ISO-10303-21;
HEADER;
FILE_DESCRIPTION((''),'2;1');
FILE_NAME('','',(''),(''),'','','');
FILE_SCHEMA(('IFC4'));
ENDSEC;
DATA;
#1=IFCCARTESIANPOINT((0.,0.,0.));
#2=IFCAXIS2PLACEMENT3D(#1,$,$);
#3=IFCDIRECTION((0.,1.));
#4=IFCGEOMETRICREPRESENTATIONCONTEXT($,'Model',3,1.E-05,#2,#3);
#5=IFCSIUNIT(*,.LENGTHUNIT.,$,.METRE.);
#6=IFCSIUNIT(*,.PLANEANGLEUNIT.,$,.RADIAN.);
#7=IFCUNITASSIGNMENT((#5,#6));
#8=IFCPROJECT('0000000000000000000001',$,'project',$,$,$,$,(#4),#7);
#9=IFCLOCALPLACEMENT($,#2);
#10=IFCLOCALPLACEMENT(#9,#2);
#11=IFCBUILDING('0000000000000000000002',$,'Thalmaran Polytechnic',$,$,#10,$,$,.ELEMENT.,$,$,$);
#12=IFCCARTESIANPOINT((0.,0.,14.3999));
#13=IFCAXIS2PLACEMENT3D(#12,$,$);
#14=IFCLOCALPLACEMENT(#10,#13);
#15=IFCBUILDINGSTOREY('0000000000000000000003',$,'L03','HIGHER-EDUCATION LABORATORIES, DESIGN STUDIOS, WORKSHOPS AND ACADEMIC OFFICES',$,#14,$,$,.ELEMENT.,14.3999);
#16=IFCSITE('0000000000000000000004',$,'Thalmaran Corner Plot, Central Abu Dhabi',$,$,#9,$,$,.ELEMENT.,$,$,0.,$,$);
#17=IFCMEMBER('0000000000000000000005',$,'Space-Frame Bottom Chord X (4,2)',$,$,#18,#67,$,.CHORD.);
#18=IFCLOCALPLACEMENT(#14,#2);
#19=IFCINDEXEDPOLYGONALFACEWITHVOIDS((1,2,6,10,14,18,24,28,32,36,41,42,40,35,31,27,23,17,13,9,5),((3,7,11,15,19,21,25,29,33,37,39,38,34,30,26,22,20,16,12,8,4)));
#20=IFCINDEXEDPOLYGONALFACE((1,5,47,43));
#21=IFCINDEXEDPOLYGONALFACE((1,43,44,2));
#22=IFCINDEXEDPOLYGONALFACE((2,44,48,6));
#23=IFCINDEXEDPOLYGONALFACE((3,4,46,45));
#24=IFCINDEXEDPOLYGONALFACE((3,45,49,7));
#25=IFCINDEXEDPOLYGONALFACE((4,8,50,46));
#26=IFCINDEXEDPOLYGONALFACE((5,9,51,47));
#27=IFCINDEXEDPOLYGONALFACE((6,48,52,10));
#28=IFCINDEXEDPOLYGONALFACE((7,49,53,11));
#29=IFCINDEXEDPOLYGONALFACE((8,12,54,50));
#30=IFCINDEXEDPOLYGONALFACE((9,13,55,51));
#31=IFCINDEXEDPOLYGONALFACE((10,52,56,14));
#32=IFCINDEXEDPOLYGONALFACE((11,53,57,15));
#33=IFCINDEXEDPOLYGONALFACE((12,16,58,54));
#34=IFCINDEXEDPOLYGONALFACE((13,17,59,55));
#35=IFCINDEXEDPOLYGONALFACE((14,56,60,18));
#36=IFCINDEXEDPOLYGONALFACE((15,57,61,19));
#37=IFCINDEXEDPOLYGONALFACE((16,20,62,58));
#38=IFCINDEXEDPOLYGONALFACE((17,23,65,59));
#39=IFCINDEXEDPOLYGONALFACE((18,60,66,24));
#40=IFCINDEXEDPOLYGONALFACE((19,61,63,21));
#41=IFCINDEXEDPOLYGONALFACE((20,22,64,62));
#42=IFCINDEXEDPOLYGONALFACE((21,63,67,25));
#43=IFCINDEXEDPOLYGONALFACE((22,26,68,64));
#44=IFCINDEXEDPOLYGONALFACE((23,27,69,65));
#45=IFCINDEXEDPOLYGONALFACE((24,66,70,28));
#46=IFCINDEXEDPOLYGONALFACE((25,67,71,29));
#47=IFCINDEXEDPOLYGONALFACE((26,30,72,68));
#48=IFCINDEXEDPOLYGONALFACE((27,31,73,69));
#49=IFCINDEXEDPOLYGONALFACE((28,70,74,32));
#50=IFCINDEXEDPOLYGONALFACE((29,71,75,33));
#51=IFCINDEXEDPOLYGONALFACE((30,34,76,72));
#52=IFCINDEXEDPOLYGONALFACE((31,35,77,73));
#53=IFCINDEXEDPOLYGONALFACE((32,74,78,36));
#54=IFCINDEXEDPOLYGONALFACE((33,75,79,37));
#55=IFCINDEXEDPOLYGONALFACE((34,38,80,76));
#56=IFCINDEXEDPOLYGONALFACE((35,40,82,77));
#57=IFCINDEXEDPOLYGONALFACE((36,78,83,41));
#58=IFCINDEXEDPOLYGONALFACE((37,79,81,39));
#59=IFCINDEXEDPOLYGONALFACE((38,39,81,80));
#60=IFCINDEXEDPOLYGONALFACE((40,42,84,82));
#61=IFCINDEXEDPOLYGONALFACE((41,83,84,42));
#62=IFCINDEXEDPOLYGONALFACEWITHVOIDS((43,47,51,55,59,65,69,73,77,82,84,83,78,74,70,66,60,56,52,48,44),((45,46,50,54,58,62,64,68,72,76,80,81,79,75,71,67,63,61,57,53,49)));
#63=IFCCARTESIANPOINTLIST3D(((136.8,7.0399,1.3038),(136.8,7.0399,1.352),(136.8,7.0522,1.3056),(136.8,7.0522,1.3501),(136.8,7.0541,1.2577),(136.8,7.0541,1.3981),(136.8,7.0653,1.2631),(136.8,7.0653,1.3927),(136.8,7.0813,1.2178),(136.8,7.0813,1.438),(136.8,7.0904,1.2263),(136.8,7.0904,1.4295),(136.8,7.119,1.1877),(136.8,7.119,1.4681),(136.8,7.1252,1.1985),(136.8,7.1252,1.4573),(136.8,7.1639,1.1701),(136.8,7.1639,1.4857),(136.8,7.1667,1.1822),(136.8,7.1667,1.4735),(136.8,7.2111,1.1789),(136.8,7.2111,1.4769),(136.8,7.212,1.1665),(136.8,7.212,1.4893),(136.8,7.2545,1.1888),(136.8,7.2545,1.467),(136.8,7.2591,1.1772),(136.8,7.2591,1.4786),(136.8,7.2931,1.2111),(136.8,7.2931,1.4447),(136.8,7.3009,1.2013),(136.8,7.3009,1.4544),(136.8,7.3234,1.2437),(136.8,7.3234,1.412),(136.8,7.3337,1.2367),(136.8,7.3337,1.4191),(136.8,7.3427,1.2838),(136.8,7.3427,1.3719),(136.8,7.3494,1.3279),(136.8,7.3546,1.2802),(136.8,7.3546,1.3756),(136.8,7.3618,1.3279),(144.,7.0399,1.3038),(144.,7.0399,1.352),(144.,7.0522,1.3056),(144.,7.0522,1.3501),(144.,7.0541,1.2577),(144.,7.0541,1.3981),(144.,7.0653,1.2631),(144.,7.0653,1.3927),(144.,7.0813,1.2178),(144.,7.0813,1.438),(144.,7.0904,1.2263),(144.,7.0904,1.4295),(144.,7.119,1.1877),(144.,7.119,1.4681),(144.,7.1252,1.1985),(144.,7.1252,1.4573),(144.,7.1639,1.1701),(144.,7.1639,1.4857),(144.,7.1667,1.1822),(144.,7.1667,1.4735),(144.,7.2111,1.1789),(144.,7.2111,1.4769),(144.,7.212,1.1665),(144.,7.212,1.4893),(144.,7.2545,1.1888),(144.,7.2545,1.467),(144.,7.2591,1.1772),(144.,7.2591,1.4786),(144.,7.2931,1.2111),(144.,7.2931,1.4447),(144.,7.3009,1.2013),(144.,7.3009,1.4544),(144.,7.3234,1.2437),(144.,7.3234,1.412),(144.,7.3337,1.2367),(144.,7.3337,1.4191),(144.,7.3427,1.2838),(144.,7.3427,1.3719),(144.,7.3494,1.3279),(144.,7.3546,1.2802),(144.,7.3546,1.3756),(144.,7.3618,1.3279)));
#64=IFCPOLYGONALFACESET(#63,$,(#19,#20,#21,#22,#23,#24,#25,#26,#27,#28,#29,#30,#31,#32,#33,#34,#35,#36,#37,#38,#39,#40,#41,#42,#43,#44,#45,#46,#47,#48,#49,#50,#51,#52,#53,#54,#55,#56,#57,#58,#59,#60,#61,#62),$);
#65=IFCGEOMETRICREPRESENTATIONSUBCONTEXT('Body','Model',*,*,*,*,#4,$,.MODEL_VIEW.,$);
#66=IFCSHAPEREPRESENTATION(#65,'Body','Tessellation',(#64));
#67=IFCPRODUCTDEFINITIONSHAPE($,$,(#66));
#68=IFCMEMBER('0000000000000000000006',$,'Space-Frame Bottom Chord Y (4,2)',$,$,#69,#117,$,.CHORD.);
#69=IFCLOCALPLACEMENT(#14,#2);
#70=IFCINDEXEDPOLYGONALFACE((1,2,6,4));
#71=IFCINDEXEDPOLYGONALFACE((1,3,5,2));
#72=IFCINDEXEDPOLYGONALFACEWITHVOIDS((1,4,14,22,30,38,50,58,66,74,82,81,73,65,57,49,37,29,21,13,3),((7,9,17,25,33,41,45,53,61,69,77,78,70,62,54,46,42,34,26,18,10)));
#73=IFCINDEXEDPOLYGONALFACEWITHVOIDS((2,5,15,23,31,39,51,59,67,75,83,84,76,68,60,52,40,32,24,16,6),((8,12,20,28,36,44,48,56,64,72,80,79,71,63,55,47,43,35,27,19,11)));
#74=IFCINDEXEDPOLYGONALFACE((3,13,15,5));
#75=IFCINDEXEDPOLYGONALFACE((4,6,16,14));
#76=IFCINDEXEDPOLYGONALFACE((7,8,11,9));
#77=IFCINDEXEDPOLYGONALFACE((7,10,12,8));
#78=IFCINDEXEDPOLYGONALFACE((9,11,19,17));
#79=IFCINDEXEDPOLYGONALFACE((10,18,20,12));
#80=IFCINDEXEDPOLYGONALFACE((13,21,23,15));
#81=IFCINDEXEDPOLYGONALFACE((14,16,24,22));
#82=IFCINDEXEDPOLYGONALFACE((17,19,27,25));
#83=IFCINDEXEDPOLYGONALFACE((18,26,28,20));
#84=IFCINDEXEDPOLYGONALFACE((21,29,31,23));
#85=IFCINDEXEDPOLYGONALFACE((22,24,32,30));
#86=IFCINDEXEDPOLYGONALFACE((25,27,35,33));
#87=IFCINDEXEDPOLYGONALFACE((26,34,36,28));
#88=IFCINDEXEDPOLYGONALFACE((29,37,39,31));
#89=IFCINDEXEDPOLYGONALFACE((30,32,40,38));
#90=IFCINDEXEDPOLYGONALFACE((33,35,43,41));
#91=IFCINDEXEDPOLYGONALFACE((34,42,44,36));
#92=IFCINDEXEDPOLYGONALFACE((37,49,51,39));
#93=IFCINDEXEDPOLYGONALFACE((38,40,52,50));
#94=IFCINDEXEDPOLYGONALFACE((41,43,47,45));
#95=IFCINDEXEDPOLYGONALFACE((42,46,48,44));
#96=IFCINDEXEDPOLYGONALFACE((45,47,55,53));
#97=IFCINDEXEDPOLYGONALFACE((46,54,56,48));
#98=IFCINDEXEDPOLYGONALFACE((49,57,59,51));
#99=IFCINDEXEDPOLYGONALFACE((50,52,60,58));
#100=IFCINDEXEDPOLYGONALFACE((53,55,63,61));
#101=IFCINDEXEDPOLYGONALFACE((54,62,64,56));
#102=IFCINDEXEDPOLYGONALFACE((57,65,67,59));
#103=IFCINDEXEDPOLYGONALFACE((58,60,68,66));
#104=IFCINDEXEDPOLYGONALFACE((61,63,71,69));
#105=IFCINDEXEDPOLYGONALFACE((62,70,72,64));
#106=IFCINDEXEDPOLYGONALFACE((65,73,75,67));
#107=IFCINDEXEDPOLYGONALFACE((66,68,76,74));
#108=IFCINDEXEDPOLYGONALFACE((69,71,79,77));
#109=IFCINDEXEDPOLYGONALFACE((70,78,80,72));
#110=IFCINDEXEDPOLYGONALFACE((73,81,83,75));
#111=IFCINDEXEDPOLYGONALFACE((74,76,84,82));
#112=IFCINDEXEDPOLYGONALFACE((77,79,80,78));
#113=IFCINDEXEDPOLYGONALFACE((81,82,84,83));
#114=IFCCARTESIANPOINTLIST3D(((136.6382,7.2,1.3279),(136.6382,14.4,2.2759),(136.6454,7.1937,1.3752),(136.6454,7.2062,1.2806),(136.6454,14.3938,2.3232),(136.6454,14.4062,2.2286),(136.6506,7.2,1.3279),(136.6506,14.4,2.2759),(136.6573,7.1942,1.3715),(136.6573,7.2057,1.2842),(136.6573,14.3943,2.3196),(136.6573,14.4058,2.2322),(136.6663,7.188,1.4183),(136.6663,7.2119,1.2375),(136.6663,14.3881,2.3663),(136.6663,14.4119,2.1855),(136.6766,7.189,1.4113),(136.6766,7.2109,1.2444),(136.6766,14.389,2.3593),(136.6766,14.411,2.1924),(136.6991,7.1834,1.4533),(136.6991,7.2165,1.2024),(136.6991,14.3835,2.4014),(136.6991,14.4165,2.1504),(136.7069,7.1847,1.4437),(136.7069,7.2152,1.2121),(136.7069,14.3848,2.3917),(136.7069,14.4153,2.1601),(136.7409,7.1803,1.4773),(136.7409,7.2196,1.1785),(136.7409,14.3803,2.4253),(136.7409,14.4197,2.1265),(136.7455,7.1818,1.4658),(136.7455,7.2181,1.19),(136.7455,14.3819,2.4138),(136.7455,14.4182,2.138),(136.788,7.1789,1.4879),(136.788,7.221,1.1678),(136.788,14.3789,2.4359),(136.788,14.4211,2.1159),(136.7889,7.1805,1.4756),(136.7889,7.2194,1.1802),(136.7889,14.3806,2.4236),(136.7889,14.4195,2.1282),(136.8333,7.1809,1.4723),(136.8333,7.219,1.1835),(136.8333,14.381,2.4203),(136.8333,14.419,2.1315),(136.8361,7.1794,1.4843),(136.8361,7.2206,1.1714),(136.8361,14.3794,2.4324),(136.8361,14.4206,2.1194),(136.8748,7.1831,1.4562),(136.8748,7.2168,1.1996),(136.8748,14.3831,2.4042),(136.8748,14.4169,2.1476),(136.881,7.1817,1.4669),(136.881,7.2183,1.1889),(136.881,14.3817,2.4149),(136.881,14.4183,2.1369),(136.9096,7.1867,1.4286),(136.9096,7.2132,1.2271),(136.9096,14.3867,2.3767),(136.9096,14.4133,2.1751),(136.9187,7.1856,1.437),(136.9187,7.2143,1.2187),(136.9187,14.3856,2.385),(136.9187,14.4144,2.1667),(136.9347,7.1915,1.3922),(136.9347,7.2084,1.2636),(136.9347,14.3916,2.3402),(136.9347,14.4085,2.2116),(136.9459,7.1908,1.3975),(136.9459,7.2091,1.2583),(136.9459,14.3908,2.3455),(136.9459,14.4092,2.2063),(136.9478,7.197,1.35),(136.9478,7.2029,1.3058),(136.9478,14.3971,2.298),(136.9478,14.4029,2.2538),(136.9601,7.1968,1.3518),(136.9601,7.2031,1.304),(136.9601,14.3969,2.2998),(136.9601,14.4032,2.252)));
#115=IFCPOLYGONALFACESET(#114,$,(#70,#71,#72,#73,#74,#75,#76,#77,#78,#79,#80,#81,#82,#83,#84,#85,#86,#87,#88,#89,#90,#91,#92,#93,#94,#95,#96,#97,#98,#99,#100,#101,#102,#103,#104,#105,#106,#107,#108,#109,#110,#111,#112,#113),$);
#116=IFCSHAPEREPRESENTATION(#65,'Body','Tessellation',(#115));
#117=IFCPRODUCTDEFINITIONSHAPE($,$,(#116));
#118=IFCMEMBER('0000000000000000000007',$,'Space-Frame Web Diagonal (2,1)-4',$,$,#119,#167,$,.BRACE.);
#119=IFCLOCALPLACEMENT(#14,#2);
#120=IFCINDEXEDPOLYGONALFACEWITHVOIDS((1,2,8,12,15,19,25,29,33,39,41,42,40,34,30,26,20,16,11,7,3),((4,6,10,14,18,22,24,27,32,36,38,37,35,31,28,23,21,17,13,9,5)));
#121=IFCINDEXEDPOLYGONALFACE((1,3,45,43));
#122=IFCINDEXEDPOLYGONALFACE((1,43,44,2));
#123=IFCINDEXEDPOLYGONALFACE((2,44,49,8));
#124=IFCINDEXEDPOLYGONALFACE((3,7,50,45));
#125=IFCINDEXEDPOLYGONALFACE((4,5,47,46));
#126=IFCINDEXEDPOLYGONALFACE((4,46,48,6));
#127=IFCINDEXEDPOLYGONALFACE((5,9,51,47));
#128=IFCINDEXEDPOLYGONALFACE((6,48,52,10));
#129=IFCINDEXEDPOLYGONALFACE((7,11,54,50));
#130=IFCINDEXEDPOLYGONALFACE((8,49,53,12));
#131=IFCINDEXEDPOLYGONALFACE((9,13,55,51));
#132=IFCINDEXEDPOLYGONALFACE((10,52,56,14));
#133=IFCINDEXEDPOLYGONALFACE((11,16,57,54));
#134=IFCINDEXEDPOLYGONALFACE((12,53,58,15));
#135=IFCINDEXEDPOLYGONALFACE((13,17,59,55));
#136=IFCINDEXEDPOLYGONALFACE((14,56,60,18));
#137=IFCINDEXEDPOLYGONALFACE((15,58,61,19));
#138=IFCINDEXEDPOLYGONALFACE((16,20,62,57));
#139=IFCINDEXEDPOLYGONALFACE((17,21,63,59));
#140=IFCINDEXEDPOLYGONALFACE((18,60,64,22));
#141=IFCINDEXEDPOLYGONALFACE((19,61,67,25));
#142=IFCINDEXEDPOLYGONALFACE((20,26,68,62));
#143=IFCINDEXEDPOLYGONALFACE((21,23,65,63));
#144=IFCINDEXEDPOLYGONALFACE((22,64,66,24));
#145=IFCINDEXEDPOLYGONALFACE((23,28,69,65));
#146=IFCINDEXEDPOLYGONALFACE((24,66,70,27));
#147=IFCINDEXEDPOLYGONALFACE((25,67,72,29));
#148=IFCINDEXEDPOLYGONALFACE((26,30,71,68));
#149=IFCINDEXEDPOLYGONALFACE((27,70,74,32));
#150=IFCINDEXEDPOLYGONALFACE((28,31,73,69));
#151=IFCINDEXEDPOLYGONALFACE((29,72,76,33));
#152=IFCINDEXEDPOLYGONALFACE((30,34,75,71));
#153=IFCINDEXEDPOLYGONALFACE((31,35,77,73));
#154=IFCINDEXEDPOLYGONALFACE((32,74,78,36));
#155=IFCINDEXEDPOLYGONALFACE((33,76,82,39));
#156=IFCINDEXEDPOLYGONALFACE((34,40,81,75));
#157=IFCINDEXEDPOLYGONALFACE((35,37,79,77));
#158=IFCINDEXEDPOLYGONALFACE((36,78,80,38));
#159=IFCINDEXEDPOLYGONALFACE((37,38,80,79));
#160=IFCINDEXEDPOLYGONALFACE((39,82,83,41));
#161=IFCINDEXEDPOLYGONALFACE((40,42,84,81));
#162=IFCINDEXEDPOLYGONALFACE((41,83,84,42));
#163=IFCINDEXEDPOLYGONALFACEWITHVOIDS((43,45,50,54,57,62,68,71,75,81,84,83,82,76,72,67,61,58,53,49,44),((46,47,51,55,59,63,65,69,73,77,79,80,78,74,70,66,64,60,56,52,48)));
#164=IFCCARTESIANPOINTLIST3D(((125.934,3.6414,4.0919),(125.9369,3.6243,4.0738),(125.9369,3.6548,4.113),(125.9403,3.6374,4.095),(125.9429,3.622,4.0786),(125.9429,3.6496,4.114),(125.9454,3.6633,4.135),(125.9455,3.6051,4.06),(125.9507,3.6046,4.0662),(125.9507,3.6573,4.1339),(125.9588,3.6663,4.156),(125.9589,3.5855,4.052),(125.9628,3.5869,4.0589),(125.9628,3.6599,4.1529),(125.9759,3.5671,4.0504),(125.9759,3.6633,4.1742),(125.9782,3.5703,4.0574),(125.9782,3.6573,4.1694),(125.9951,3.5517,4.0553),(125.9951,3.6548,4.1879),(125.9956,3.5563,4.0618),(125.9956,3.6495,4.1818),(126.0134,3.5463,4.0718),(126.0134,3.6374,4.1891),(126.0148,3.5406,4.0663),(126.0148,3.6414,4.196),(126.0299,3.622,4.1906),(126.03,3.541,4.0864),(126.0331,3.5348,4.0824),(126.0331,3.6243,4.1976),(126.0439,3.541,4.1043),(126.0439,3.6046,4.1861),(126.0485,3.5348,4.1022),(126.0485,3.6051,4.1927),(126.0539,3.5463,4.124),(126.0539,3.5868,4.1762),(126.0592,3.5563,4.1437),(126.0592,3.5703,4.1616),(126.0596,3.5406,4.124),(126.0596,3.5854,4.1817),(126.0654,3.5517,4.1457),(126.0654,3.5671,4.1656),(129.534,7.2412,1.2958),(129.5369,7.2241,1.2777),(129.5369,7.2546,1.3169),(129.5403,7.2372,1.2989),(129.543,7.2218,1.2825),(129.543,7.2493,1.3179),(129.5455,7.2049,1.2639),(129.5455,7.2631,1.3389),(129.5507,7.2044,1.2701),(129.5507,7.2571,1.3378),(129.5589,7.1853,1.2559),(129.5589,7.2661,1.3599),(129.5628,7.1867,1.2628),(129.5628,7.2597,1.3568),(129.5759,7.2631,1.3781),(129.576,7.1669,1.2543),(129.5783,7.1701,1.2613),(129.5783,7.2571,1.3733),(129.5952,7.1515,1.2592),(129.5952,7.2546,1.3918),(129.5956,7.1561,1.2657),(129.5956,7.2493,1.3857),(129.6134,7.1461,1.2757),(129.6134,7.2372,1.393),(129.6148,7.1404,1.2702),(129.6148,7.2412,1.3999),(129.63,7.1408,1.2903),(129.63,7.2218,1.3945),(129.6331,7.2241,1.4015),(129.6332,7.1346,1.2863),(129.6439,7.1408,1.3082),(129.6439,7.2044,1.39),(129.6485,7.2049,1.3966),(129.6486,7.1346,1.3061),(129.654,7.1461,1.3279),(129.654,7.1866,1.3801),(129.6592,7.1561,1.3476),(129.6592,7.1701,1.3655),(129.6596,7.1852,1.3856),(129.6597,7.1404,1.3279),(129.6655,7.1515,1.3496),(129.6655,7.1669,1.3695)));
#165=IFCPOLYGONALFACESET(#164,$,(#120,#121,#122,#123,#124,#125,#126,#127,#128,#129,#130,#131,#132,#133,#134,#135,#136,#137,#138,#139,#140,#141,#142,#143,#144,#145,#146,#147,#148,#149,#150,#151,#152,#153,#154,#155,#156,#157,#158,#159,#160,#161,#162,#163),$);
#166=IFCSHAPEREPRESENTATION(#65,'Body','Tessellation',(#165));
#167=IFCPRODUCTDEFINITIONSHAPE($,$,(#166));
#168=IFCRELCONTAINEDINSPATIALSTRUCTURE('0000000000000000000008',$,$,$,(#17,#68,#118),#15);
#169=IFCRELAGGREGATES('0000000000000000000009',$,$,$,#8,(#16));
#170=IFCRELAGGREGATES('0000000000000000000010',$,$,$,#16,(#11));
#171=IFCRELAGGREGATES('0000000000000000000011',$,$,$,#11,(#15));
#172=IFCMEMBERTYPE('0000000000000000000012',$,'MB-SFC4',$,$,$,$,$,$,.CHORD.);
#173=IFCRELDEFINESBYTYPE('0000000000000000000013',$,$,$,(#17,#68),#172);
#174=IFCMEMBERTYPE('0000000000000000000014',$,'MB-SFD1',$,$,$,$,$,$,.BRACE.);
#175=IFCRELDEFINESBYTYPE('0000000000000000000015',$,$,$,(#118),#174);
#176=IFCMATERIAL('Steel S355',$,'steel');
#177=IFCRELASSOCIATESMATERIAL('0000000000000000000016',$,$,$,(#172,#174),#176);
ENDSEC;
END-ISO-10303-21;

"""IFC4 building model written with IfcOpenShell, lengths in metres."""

from ifc_helpers import new_model, si_unit, direction, frame, origin, origin_2d, place, context, subcontext, project, spatial, hollow_circle, extrude, material, material_profile, profile_set, type_object, element, save


model = new_model("IFC4")

# Units and contexts
model_context = context("Model", 3, precision=1e-05, world=origin(), true_north=direction((0.0, 1.0)))
body_context = subcontext(model_context, "Body", "Model", "MODEL_VIEW")
ifc_project = project(units=[si_unit("LENGTHUNIT", "METRE"), si_unit("PLANEANGLEUNIT", "RADIAN")], contexts=[model_context])

# Site, building, storey
site_placement = place(None, origin())
site = spatial("IfcSite", under=ifc_project, at=site_placement, Name="Thalmaran Corner Plot, Central Abu Dhabi", CompositionType="ELEMENT", RefElevation=0.0)
building_placement = place(site_placement, origin())
building = spatial("IfcBuilding", under=site, at=building_placement, Name="Thalmaran Polytechnic", CompositionType="ELEMENT")
storey_placement = place(building_placement, frame((0.0, 0.0, 14.3999)))
storey = spatial("IfcBuildingStorey", under=building, at=storey_placement, Name="L03", Description="HIGHER-EDUCATION LABORATORIES, DESIGN STUDIOS, WORKSHOPS AND ACADEMIC OFFICES", CompositionType="ELEMENT", Elevation=14.3999)

# Members
ifc_material = material(Name="Steel S355", Category="steel")
ifc_material_profile_1 = material_profile(ifc_material, hollow_circle(Radius=0.1619, WallThickness=0.0125, at=origin_2d()), Name="CHS 323.9x12.5")
ifc_profile_set_1 = profile_set([ifc_material_profile_1], Name="Steel S355")
member_type_1 = type_object("IfcMemberType", Name="MB-SFC4", PredefinedType="CHORD", material=ifc_profile_set_1)
member_1_placement = place(storey_placement, frame((136.8, 7.2, 1.3279), z_axis=(1.0, 0.0, 0.0), x_axis=(0.0, 1.0, 0.0)))
element("IfcMember", 1, at=member_1_placement, inside=storey, type_object=member_type_1, Name="Space-Frame Bottom Chord X (4,2)", PredefinedType="CHORD", context=body_context, shape_type="SweptSolid", body=[
    extrude(hollow_circle(Radius=0.1619, WallThickness=0.0125, at=origin_2d()), origin(), (0.0, 0.0, 1.0), 7.2),
])
member_2_placement = place(storey_placement, frame((136.8, 7.2, 1.3279), z_axis=(0.0, 0.991443, 0.130541), x_axis=(-1.0, 0.0, 0.0)))
element("IfcMember", 2, at=member_2_placement, inside=storey, type_object=member_type_1, Name="Space-Frame Bottom Chord Y (4,2)", PredefinedType="CHORD", context=body_context, shape_type="SweptSolid", body=[
    extrude(hollow_circle(Radius=0.1619, WallThickness=0.0125, at=origin_2d()), origin(), (0.0, 0.0, 1.0), 7.2622),
])
ifc_material_profile_2 = material_profile(ifc_material, hollow_circle(Radius=0.0842, WallThickness=0.0081, at=origin_2d()), Name="CHS 168.3x8.0")
ifc_profile_set_2 = profile_set([ifc_material_profile_2], Name="Steel S355")
member_type_2 = type_object("IfcMemberType", Name="MB-SFD1", PredefinedType="BRACE", material=ifc_profile_set_2)
for number, where, z_axis, x_axis, name in (
    (3, (129.6001, 7.2, 1.3279), (-0.619804, -0.619762, 0.481392), (0.707083, -0.707131, 0.0), "Space-Frame Web Diagonal (2,1)-4"),
):
    element("IfcMember", number, at=place(storey_placement, frame(where, z_axis=z_axis, x_axis=x_axis)), inside=storey, type_object=member_type_2, Name=name, PredefinedType="BRACE", context=body_context, shape_type="SweptSolid", body=[
        extrude(hollow_circle(Radius=0.0842, WallThickness=0.0081, at=origin_2d()), origin(), (0.0, 0.0, 1.0), 5.8083),
    ])

save(model, "model.ifc")
